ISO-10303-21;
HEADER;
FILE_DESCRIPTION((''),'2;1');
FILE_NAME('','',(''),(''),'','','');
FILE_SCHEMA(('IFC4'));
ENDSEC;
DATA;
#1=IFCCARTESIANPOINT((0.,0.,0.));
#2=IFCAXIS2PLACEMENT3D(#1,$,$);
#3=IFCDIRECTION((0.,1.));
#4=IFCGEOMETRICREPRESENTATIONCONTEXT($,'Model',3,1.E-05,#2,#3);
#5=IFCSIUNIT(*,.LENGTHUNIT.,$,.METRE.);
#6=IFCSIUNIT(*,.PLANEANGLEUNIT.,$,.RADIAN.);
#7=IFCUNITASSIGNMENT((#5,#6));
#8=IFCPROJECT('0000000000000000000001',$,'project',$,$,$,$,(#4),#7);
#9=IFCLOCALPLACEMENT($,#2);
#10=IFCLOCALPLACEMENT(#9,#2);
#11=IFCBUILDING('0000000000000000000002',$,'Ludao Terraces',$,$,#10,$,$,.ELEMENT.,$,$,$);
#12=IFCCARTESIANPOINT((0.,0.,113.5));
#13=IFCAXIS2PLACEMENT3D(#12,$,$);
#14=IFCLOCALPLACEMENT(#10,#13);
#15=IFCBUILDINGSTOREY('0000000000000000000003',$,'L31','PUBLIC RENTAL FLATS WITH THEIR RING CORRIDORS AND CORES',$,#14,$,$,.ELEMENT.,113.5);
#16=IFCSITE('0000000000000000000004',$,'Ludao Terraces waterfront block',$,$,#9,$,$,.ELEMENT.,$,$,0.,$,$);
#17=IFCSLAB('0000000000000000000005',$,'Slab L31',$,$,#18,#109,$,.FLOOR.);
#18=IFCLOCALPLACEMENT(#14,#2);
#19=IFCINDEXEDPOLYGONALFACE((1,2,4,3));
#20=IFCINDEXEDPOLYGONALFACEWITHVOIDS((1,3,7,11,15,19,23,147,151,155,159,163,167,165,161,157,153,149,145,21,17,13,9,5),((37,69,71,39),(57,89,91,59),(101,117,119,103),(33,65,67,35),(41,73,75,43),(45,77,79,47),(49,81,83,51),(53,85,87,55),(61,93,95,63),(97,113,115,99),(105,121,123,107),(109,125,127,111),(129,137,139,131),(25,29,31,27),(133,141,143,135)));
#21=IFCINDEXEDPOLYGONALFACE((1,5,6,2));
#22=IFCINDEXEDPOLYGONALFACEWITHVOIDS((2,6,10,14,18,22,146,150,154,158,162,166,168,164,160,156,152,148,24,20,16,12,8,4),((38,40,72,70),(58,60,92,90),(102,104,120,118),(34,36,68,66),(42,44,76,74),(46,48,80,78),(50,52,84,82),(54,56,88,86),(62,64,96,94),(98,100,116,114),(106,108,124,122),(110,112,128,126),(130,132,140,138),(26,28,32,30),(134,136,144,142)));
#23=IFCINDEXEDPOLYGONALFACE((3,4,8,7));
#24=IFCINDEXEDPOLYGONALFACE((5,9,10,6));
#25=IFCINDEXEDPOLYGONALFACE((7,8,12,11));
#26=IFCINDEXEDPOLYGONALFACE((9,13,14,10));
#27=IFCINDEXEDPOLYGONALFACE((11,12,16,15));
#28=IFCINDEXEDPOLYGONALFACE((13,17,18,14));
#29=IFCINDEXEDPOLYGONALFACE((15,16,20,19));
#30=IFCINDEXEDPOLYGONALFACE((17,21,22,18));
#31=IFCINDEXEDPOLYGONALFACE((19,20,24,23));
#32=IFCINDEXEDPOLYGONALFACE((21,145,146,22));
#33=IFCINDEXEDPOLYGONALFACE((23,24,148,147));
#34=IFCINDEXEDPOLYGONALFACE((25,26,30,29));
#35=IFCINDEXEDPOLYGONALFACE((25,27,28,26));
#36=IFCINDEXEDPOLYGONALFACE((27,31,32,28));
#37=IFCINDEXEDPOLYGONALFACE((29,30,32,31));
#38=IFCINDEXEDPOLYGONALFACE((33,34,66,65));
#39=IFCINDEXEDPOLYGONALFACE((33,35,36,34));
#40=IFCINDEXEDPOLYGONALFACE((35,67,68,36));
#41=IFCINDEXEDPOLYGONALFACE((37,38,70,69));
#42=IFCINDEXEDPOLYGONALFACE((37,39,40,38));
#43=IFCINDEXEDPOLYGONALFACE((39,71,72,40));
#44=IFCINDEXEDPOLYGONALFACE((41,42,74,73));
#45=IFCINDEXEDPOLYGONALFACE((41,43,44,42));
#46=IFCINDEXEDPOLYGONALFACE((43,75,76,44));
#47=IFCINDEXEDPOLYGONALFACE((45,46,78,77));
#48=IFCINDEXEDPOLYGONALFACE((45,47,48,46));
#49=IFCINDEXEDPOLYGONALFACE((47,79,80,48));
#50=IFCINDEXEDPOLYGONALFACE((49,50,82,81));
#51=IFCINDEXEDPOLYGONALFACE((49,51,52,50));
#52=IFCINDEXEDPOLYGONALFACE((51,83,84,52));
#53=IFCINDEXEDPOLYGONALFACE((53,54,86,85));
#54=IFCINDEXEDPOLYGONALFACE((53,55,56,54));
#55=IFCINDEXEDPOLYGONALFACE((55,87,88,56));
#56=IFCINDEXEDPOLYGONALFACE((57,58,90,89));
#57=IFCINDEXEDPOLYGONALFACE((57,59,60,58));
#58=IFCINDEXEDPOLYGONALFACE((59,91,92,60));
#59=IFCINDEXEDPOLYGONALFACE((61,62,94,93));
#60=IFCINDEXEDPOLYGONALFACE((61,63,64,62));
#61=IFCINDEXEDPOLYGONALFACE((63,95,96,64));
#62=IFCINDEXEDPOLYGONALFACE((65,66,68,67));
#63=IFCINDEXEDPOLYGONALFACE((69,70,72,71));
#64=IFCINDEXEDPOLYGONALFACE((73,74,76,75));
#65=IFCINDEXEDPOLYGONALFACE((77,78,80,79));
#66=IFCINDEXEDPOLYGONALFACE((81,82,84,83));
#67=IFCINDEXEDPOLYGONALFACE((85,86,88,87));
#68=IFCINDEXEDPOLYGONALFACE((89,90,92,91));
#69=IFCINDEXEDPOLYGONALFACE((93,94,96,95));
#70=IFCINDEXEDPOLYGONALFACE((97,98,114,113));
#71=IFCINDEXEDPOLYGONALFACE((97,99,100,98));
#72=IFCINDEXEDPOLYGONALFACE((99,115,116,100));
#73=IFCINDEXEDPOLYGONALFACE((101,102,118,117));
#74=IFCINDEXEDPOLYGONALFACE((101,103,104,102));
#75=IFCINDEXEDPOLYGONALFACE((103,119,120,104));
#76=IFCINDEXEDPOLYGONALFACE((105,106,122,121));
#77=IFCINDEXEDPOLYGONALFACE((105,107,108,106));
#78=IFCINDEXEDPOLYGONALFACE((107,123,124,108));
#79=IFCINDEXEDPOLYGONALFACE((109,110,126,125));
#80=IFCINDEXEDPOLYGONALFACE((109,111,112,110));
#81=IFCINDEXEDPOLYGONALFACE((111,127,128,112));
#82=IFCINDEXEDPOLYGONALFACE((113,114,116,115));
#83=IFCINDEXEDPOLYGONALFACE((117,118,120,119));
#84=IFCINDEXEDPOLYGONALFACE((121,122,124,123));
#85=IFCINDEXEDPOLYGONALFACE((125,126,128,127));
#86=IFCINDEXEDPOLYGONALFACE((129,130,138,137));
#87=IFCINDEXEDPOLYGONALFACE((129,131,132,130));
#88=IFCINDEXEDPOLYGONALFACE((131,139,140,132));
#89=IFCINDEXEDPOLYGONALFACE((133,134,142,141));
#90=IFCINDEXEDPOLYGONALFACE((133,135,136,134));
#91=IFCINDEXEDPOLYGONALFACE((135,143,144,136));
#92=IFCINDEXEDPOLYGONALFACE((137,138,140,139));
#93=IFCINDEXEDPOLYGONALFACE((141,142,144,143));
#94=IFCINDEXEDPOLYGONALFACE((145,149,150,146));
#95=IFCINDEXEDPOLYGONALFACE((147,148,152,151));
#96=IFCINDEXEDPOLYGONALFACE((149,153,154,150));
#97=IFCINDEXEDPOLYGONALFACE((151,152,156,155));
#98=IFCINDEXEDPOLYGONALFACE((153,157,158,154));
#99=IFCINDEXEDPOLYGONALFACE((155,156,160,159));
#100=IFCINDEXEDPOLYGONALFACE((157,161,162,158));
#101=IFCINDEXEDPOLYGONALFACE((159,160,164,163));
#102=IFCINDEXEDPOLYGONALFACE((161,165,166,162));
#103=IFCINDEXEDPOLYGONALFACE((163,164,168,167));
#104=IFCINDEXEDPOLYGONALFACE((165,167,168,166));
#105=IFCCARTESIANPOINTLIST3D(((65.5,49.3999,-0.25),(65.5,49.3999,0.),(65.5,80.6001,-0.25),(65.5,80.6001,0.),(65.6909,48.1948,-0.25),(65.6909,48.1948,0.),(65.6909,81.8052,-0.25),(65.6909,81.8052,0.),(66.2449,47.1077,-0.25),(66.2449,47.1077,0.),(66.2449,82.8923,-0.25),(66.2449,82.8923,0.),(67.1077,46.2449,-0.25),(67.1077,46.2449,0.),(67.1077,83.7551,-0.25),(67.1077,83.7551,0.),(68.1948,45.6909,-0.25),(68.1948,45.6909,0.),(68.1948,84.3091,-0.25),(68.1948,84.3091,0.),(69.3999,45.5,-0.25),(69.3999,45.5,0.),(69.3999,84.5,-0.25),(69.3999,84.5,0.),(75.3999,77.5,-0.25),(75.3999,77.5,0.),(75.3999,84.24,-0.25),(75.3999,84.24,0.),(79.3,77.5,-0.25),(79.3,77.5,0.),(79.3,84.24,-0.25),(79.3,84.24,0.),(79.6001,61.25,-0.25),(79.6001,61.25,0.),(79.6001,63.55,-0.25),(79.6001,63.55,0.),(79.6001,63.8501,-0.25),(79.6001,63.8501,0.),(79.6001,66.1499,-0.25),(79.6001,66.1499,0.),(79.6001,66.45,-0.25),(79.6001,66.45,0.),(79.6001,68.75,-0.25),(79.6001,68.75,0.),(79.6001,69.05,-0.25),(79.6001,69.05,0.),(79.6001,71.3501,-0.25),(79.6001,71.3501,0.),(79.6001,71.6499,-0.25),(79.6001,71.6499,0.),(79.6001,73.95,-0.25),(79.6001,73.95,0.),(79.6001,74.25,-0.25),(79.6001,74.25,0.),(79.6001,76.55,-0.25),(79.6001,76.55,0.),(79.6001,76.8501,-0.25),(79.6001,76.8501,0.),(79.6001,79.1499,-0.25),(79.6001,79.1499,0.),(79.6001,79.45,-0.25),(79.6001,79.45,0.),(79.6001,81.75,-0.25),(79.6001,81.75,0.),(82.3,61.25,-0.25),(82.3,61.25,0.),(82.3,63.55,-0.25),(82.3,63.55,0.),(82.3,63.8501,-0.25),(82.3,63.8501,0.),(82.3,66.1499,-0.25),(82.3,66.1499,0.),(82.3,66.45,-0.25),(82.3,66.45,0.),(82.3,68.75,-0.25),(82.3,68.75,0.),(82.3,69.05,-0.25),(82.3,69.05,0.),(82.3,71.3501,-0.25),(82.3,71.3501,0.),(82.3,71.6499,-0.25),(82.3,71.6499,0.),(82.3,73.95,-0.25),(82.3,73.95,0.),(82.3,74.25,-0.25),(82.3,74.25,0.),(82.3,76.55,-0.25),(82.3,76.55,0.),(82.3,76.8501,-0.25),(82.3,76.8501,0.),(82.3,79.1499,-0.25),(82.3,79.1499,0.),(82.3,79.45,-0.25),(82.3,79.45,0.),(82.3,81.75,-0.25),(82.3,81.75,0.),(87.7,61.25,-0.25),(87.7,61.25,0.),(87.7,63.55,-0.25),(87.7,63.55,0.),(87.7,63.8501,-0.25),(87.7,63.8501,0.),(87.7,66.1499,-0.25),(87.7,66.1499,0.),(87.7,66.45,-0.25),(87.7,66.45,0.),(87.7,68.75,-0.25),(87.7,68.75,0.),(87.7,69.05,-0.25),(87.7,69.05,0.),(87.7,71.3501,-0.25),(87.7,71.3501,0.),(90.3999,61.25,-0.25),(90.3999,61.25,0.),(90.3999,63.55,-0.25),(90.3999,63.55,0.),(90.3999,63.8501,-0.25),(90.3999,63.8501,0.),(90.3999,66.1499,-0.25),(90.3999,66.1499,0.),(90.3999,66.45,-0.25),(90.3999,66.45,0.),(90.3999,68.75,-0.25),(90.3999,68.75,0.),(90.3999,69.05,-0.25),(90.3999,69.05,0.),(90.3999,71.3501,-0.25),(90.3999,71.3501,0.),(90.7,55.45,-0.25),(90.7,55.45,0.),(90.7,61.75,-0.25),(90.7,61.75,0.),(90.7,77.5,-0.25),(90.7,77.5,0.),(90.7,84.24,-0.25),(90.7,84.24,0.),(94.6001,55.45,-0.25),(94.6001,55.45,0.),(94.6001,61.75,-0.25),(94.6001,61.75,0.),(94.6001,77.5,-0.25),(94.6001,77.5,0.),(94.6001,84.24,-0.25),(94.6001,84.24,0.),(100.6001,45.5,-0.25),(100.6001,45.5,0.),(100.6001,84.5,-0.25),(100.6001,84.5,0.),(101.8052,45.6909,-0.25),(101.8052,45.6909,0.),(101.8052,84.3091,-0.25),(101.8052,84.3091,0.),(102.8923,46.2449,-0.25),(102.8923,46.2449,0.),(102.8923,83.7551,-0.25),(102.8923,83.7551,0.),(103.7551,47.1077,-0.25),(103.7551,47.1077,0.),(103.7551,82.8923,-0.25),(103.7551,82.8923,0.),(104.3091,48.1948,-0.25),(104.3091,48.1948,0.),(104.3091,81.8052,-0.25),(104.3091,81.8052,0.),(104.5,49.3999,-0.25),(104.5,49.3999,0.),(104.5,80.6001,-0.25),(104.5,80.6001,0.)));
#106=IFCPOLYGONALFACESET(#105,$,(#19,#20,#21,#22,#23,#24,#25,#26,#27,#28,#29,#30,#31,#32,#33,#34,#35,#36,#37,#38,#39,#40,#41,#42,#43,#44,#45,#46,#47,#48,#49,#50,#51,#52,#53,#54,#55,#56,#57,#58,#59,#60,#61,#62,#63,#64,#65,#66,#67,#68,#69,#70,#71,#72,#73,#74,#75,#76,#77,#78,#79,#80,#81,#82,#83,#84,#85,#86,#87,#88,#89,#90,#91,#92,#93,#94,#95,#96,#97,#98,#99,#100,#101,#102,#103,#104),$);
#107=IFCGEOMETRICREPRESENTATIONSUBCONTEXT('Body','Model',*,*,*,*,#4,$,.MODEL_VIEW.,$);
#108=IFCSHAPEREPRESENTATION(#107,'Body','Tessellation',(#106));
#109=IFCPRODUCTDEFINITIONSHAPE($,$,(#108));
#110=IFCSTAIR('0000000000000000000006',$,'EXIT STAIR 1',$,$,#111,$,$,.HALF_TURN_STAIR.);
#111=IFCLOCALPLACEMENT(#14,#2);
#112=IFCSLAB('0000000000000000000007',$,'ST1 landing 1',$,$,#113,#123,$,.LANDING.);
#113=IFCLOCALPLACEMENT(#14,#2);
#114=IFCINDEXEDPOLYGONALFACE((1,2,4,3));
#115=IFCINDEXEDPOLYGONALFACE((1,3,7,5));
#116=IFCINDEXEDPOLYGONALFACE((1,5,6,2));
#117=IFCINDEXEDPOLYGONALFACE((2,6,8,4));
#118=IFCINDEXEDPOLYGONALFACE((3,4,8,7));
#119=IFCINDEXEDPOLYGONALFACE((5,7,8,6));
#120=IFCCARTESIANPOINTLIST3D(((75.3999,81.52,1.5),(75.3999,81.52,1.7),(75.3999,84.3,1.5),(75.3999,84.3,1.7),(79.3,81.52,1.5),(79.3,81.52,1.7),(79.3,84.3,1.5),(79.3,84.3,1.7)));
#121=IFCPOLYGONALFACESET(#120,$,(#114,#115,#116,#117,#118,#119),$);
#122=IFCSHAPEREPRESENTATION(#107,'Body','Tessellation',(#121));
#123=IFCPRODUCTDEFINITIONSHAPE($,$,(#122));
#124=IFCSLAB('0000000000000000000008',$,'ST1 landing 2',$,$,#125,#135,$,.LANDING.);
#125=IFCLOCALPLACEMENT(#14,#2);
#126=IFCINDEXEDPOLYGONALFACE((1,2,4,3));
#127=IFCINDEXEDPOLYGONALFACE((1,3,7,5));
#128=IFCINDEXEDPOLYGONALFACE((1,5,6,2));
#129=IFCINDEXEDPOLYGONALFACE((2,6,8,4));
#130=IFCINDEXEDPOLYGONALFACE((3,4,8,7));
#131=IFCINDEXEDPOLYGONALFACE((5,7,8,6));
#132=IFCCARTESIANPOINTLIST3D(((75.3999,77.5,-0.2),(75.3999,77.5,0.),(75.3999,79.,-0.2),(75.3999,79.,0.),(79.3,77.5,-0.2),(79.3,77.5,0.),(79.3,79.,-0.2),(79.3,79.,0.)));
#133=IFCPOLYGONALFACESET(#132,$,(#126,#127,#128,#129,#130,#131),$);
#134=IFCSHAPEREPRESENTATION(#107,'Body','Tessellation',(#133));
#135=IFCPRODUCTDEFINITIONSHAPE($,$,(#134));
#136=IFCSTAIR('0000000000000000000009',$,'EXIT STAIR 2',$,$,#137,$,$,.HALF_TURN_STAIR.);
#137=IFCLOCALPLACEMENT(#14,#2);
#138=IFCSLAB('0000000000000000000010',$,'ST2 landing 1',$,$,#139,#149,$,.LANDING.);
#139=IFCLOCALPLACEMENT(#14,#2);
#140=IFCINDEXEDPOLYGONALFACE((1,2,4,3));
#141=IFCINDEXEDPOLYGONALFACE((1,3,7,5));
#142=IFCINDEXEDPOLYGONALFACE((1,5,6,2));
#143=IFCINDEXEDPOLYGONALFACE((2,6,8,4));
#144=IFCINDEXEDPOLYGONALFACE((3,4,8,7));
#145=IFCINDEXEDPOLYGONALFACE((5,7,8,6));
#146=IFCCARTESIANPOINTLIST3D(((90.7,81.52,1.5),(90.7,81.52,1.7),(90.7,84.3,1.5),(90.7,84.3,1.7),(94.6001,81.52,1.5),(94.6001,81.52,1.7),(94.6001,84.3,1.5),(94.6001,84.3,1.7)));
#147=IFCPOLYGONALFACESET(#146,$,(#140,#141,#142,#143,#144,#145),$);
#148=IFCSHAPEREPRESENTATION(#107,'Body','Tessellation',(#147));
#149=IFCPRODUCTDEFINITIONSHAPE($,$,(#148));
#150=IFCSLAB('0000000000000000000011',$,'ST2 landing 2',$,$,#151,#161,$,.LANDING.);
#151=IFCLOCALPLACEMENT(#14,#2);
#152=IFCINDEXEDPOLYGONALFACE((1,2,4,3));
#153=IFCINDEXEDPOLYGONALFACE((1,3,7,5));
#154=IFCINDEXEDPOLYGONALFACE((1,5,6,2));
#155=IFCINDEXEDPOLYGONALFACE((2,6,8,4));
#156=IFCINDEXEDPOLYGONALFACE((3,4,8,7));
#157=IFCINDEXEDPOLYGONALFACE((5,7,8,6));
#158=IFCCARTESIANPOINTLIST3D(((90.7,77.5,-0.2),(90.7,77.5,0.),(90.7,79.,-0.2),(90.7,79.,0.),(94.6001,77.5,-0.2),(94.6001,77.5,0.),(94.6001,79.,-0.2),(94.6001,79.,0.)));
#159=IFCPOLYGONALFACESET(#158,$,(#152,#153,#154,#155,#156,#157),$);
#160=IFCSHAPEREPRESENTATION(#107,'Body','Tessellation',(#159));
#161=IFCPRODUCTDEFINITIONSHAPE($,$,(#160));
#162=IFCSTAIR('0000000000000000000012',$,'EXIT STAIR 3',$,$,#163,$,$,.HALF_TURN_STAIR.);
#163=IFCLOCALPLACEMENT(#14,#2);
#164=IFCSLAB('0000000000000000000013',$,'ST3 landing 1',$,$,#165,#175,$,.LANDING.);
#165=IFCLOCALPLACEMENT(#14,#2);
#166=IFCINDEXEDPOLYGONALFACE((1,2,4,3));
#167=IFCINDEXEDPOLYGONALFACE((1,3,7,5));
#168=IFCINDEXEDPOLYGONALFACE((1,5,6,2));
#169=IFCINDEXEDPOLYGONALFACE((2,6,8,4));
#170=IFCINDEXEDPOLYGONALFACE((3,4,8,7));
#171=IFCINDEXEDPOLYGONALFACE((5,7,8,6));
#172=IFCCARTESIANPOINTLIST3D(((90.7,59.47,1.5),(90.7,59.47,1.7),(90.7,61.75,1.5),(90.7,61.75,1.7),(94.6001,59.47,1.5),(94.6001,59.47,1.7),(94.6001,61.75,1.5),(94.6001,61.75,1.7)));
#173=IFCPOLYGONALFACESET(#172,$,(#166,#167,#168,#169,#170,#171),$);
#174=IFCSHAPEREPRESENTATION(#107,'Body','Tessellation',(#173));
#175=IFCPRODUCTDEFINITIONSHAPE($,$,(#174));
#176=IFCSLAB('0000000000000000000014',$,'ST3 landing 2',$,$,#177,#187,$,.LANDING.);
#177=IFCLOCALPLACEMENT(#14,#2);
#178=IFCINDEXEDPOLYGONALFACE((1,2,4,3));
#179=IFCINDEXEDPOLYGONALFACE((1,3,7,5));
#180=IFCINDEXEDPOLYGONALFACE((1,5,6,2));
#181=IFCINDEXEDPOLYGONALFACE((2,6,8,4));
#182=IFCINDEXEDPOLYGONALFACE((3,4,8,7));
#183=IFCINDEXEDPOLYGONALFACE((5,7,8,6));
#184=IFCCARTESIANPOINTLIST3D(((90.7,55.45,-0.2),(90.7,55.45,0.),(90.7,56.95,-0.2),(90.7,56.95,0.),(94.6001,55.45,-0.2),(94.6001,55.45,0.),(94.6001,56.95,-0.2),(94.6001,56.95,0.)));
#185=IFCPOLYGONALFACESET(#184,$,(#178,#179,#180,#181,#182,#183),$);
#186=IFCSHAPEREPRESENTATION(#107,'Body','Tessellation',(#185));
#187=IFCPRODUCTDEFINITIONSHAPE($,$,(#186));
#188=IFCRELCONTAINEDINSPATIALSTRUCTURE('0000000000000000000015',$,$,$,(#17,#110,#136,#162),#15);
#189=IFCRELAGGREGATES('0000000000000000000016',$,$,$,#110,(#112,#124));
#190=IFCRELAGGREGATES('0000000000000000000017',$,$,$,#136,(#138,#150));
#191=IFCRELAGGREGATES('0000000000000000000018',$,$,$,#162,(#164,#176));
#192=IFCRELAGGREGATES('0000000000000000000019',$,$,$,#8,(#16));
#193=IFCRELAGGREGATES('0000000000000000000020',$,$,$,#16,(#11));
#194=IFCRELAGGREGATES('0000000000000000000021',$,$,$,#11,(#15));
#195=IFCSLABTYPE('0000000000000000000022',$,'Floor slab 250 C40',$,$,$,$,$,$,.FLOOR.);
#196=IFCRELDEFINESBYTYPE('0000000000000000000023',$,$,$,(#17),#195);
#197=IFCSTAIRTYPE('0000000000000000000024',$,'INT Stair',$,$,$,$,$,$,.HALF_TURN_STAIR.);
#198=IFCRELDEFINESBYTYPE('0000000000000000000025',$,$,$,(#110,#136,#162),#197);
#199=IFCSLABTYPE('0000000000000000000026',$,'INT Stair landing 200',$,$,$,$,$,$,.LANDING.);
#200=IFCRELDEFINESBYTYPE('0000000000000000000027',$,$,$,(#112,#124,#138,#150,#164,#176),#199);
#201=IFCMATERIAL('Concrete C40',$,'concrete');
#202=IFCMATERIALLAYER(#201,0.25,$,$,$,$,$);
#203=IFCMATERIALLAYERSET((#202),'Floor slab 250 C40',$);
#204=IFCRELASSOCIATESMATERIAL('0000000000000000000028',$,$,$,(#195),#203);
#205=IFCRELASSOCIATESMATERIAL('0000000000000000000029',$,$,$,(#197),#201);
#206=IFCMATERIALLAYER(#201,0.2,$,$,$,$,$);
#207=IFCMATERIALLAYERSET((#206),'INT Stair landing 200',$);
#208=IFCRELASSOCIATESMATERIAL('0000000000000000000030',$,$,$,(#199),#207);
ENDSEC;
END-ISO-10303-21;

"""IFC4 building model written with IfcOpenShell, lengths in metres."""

from ifc_helpers import new_model, si_unit, direction, frame, origin, place, context, subcontext, project, spatial, polyline, outline, extrude, material, layer, layer_set, type_object, element, aggregate, save


model = new_model("IFC4")

# Units and contexts
model_context = context("Model", 3, precision=1e-05, world=origin(), true_north=direction((0.0, 1.0)))
body_context = subcontext(model_context, "Body", "Model", "MODEL_VIEW")
ifc_project = project(units=[si_unit("LENGTHUNIT", "METRE"), si_unit("PLANEANGLEUNIT", "RADIAN")], contexts=[model_context])

# Site, building, storey
site_placement = place(None, origin())
site = spatial("IfcSite", under=ifc_project, at=site_placement, Name="Ludao Terraces waterfront block", CompositionType="ELEMENT", RefElevation=0.0)
building_placement = place(site_placement, origin())
building = spatial("IfcBuilding", under=site, at=building_placement, Name="Ludao Terraces", CompositionType="ELEMENT")
storey_placement = place(building_placement, frame((0.0, 0.0, 113.5)))
storey = spatial("IfcBuildingStorey", under=building, at=storey_placement, Name="L31", Description="PUBLIC RENTAL FLATS WITH THEIR RING CORRIDORS AND CORES", CompositionType="ELEMENT", Elevation=113.5)

# Shared definitions
ifc_material_1 = material(Name="Concrete C40", Category="concrete")

# Slab
ifc_layer_1 = layer(ifc_material_1, 0.25)
ifc_layer_set_1 = layer_set([ifc_layer_1], Name="Floor slab 250 C40")
slab_type_1 = type_object("IfcSlabType", Name="Floor slab 250 C40", PredefinedType="FLOOR", material=ifc_layer_set_1)
slab_1_placement = place(storey_placement, frame((0.0, 0.0, -0.25)))
element("IfcSlab", 1, at=slab_1_placement, inside=storey, type_object=slab_type_1, Name="Slab L31", PredefinedType="FLOOR", context=body_context, shape_type="SweptSolid", body=[
    extrude(outline(polyline([(100.6001, 45.5), (101.8052, 45.6909), (102.8923, 46.2449), (103.7551, 47.1077), (104.3091, 48.1948), (104.5, 49.3999), (104.5, 80.6001), (104.3091, 81.8052), (103.7551, 82.8923), (102.8923, 83.7551), (101.8052, 84.3091), (100.6001, 84.5), (69.3999, 84.5), (68.1948, 84.3091), (67.1077, 83.7551), (66.2449, 82.8923), (65.6909, 81.8052), (65.5, 80.6001), (65.5, 49.3999), (65.6909, 48.1948), (66.2449, 47.1077), (67.1077, 46.2449), (68.1948, 45.6909), (69.3999, 45.5), (100.6001, 45.5)]), holes=[polyline([(79.6001, 61.25), (82.3, 61.25), (82.3, 63.55), (79.6001, 63.55), (79.6001, 61.25)]), polyline([(79.6001, 63.8501), (82.3, 63.8501), (82.3, 66.1499), (79.6001, 66.1499), (79.6001, 63.8501)]), polyline([(79.6001, 66.45), (82.3, 66.45), (82.3, 68.75), (79.6001, 68.75), (79.6001, 66.45)]), polyline([(79.6001, 69.05), (82.3, 69.05), (82.3, 71.3501), (79.6001, 71.3501), (79.6001, 69.05)]), polyline([(79.6001, 71.6499), (82.3, 71.6499), (82.3, 73.95), (79.6001, 73.95), (79.6001, 71.6499)]), polyline([(79.6001, 74.25), (82.3, 74.25), (82.3, 76.55), (79.6001, 76.55), (79.6001, 74.25)]), polyline([(79.6001, 76.8501), (82.3, 76.8501), (82.3, 79.1499), (79.6001, 79.1499), (79.6001, 76.8501)]), polyline([(79.6001, 79.45), (82.3, 79.45), (82.3, 81.75), (79.6001, 81.75), (79.6001, 79.45)]), polyline([(87.7, 61.25), (90.3999, 61.25), (90.3999, 63.55), (87.7, 63.55), (87.7, 61.25)]), polyline([(87.7, 63.8501), (90.3999, 63.8501), (90.3999, 66.1499), (87.7, 66.1499), (87.7, 63.8501)]), polyline([(87.7, 66.45), (90.3999, 66.45), (90.3999, 68.75), (87.7, 68.75), (87.7, 66.45)]), polyline([(87.7, 69.05), (90.3999, 69.05), (90.3999, 71.3501), (87.7, 71.3501), (87.7, 69.05)]), polyline([(75.3999, 77.5), (79.3, 77.5), (79.3, 84.24), (75.3999, 84.24), (75.3999, 77.5)]), polyline([(90.7, 77.5), (94.6001, 77.5), (94.6001, 84.24), (90.7, 84.24), (90.7, 77.5)]), polyline([(90.7, 55.45), (94.6001, 55.45), (94.6001, 61.75), (90.7, 61.75), (90.7, 55.45)])]), origin(), (0.0, 0.0, 1.0), 0.25),
])

# Stairs, slabs
stair_type = type_object("IfcStairType", Name="INT Stair", PredefinedType="HALF_TURN_STAIR", material=ifc_material_1)
stair_1_placement = place(storey_placement, origin())
stair_1 = element("IfcStair", 2, at=stair_1_placement, inside=storey, type_object=stair_type, Name="EXIT STAIR 1", PredefinedType="HALF_TURN_STAIR")
ifc_layer_2 = layer(ifc_material_1, 0.2)
ifc_layer_set_2 = layer_set([ifc_layer_2], Name="INT Stair landing 200")
slab_type_2 = type_object("IfcSlabType", Name="INT Stair landing 200", PredefinedType="LANDING", material=ifc_layer_set_2)
slab_2_placement = place(storey_placement, frame((0.0, 0.0, 1.5)))
slab_2 = element("IfcSlab", 3, at=slab_2_placement, type_object=slab_type_2, Name="ST1 landing 1", PredefinedType="LANDING", context=body_context, shape_type="SweptSolid", body=[
    extrude(outline(polyline([(75.3999, 81.52), (79.3, 81.52), (79.3, 84.3), (75.3999, 84.3), (75.3999, 81.52)])), origin(), (0.0, 0.0, 1.0), 0.2),
])
slab_3_placement = place(storey_placement, frame((0.0, 0.0, -0.2)))
slab_3 = element("IfcSlab", 4, at=slab_3_placement, type_object=slab_type_2, Name="ST1 landing 2", PredefinedType="LANDING", context=body_context, shape_type="SweptSolid", body=[
    extrude(outline(polyline([(75.3999, 77.5), (79.3, 77.5), (79.3, 79.0), (75.3999, 79.0), (75.3999, 77.5)])), origin(), (0.0, 0.0, 1.0), 0.2),
])
aggregate(stair_1, [slab_2, slab_3])
stair_2_placement = place(storey_placement, origin())
stair_2 = element("IfcStair", 5, at=stair_2_placement, inside=storey, type_object=stair_type, Name="EXIT STAIR 2", PredefinedType="HALF_TURN_STAIR")
slab_4_placement = place(storey_placement, frame((0.0, 0.0, 1.5)))
slab_4 = element("IfcSlab", 6, at=slab_4_placement, type_object=slab_type_2, Name="ST2 landing 1", PredefinedType="LANDING", context=body_context, shape_type="SweptSolid", body=[
    extrude(outline(polyline([(90.7, 81.52), (94.6001, 81.52), (94.6001, 84.3), (90.7, 84.3), (90.7, 81.52)])), origin(), (0.0, 0.0, 1.0), 0.2),
])
slab_5_placement = place(storey_placement, frame((0.0, 0.0, -0.2)))
slab_5 = element("IfcSlab", 7, at=slab_5_placement, type_object=slab_type_2, Name="ST2 landing 2", PredefinedType="LANDING", context=body_context, shape_type="SweptSolid", body=[
    extrude(outline(polyline([(90.7, 77.5), (94.6001, 77.5), (94.6001, 79.0), (90.7, 79.0), (90.7, 77.5)])), origin(), (0.0, 0.0, 1.0), 0.2),
])
aggregate(stair_2, [slab_4, slab_5])
stair_3_placement = place(storey_placement, origin())
stair_3 = element("IfcStair", 8, at=stair_3_placement, inside=storey, type_object=stair_type, Name="EXIT STAIR 3", PredefinedType="HALF_TURN_STAIR")
slab_6_placement = place(storey_placement, frame((0.0, 0.0, 1.5)))
slab_6 = element("IfcSlab", 9, at=slab_6_placement, type_object=slab_type_2, Name="ST3 landing 1", PredefinedType="LANDING", context=body_context, shape_type="SweptSolid", body=[
    extrude(outline(polyline([(90.7, 59.47), (94.6001, 59.47), (94.6001, 61.75), (90.7, 61.75), (90.7, 59.47)])), origin(), (0.0, 0.0, 1.0), 0.2),
])
slab_7_placement = place(storey_placement, frame((0.0, 0.0, -0.2)))
slab_7 = element("IfcSlab", 10, at=slab_7_placement, type_object=slab_type_2, Name="ST3 landing 2", PredefinedType="LANDING", context=body_context, shape_type="SweptSolid", body=[
    extrude(outline(polyline([(90.7, 55.45), (94.6001, 55.45), (94.6001, 56.95), (90.7, 56.95), (90.7, 55.45)])), origin(), (0.0, 0.0, 1.0), 0.2),
])
aggregate(stair_3, [slab_6, slab_7])

save(model, "model.ifc")
